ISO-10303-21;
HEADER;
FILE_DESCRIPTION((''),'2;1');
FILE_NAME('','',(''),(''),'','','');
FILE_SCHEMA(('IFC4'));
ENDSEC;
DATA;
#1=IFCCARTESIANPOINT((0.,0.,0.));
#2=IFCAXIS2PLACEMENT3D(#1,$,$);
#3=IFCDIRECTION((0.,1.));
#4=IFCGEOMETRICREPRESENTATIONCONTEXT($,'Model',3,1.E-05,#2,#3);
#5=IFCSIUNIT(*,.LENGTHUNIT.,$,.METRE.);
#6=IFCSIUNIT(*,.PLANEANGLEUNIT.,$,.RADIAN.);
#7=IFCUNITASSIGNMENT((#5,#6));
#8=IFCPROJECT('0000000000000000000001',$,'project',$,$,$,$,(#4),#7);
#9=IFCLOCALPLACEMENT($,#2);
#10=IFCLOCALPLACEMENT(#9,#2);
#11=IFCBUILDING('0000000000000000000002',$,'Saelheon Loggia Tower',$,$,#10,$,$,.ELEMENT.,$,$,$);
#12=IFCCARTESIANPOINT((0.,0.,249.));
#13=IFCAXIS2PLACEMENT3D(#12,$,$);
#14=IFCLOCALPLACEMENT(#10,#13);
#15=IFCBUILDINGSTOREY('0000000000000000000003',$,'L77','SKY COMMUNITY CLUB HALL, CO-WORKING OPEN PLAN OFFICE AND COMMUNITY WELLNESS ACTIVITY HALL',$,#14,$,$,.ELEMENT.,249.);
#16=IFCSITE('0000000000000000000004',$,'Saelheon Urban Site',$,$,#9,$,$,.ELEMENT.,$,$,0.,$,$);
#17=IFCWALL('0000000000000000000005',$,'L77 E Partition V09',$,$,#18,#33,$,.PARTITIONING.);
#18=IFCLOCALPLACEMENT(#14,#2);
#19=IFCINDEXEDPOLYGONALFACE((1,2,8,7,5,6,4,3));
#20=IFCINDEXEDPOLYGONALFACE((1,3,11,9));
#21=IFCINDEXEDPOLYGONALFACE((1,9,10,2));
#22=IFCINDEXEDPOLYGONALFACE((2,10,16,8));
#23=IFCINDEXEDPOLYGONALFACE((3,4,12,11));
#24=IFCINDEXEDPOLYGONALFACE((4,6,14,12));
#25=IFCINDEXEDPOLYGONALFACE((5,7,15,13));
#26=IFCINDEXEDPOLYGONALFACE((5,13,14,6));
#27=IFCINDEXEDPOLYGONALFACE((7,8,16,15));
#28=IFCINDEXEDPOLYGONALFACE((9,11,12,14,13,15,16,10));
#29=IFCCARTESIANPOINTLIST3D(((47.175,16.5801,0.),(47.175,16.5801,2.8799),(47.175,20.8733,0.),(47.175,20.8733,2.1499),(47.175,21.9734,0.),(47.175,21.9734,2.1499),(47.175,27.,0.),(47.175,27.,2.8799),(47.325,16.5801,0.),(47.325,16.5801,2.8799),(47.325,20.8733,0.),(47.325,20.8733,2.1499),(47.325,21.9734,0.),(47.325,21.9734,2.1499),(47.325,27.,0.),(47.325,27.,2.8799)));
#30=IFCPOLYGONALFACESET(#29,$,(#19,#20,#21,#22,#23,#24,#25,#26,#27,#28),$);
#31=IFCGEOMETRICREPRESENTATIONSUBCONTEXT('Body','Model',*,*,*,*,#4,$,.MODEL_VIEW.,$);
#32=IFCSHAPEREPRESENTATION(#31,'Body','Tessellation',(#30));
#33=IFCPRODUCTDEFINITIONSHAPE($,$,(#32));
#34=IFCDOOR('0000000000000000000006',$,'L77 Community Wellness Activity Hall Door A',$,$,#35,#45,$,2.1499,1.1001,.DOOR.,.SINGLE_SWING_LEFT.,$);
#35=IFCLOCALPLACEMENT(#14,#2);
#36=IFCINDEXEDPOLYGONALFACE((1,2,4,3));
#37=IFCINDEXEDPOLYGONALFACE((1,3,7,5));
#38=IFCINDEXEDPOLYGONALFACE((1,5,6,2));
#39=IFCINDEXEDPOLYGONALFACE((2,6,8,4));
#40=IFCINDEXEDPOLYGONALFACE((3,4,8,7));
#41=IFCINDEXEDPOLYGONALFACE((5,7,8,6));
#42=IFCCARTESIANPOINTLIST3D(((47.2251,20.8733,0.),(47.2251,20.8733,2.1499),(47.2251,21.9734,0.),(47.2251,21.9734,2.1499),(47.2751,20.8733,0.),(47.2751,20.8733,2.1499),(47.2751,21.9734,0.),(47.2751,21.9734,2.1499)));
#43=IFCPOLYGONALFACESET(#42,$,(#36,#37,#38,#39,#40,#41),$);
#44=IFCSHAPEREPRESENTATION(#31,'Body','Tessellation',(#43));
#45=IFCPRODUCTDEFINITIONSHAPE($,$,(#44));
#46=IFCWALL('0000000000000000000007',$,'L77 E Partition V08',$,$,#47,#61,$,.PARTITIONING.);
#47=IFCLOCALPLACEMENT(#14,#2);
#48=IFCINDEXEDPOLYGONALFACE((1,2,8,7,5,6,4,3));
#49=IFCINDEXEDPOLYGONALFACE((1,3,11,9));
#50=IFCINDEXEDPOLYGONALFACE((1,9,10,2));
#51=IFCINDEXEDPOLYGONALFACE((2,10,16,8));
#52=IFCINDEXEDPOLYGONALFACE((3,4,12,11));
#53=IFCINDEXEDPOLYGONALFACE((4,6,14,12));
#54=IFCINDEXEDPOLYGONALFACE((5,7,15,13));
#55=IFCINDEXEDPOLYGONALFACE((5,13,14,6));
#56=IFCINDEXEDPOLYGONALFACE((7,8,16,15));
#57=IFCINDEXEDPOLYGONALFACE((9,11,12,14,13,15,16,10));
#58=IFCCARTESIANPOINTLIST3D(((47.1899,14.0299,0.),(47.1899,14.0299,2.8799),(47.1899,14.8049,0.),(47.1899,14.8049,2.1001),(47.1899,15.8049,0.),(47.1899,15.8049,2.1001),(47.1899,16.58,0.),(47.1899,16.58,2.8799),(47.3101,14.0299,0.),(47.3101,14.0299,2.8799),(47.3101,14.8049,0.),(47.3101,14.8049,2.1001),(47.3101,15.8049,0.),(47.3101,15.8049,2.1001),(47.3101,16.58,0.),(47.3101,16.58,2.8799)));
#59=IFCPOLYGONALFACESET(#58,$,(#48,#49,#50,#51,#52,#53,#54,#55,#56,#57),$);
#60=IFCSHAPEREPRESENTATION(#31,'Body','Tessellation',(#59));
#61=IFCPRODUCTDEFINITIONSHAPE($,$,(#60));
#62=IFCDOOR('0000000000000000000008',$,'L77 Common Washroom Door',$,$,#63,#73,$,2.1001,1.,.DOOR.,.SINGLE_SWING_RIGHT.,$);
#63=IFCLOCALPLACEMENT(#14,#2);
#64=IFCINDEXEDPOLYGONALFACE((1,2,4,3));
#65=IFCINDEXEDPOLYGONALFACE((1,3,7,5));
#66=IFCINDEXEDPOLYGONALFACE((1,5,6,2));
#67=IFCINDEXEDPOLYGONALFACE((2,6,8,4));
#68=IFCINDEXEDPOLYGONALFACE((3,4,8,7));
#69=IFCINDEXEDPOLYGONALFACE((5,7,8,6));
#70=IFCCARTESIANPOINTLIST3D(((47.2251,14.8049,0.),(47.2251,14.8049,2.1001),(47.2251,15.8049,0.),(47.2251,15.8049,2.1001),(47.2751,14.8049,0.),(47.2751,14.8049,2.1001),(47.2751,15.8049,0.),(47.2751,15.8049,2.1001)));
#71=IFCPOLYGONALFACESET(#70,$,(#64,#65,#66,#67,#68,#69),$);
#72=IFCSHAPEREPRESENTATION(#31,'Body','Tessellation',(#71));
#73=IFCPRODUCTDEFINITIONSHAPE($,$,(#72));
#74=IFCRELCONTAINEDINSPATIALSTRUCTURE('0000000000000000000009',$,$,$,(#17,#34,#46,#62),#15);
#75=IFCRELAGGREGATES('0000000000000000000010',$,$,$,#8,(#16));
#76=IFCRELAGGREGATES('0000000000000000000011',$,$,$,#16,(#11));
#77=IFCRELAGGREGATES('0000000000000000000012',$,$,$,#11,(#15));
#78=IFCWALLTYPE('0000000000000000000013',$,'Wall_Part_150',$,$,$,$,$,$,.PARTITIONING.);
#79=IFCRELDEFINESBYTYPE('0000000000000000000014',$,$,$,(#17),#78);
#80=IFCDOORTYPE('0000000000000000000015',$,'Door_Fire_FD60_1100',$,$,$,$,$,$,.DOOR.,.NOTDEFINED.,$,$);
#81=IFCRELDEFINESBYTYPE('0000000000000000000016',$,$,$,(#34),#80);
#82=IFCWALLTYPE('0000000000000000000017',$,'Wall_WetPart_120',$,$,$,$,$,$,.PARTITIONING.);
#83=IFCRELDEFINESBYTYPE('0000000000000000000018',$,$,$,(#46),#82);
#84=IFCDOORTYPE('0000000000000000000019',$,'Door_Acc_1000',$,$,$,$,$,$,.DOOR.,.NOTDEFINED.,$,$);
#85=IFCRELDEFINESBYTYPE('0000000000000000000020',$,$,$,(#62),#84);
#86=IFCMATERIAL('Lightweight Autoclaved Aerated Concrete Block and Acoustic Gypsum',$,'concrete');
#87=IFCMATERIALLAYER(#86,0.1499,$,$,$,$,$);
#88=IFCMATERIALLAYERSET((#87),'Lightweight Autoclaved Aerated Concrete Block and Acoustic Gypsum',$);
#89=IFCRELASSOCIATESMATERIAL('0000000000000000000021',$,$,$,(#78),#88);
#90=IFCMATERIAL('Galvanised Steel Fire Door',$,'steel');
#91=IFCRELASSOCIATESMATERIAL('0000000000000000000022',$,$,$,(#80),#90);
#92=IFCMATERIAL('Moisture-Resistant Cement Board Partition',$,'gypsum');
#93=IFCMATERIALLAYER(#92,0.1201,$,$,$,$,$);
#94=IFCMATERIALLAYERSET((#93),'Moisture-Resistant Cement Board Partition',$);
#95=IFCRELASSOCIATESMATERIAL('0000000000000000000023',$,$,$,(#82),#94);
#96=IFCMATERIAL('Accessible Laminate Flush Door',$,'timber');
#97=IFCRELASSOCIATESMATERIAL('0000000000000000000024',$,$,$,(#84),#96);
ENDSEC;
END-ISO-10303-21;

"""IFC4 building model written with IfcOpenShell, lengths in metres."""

from ifc_helpers import new_model, si_unit, direction, frame, frame_2d, origin, place, context, subcontext, project, spatial, rectangle, extrude, source, transform, mapped, material, layer, layer_set, type_object, element, fill, save


model = new_model("IFC4")

# Units and contexts
model_context = context("Model", 3, precision=1e-05, world=origin(), true_north=direction((0.0, 1.0)))
body_context = subcontext(model_context, "Body", "Model", "MODEL_VIEW")
ifc_project = project(units=[si_unit("LENGTHUNIT", "METRE"), si_unit("PLANEANGLEUNIT", "RADIAN")], contexts=[model_context])

# Site, building, storey
site_placement = place(None, origin())
site = spatial("IfcSite", under=ifc_project, at=site_placement, Name="Saelheon Urban Site", CompositionType="ELEMENT", RefElevation=0.0)
building_placement = place(site_placement, origin())
building = spatial("IfcBuilding", under=site, at=building_placement, Name="Saelheon Loggia Tower", CompositionType="ELEMENT")
storey_placement = place(building_placement, frame((0.0, 0.0, 249.0)))
storey = spatial("IfcBuildingStorey", under=building, at=storey_placement, Name="L77", Description="SKY COMMUNITY CLUB HALL, CO-WORKING OPEN PLAN OFFICE AND COMMUNITY WELLNESS ACTIVITY HALL", CompositionType="ELEMENT", Elevation=249.0)

# Shared definitions
ifc_material_1 = material(Name="Lightweight Autoclaved Aerated Concrete Block and Acoustic Gypsum", Category="concrete")
ifc_layer_1 = layer(ifc_material_1, 0.1499)
ifc_layer_set_1 = layer_set([ifc_layer_1], Name="Lightweight Autoclaved Aerated Concrete Block and Acoustic Gypsum")
wall_type_1 = type_object("IfcWallType", Name="Wall_Part_150", PredefinedType="PARTITIONING", material=ifc_layer_set_1)

# Walls, openings, doors
wall_1_placement = place(storey_placement, frame((47.25, 16.5801, 0.0), z_axis=(0.0, 0.0, 1.0), x_axis=(0.0, 1.0, 0.0)))
wall_1 = element("IfcWall", 1, at=wall_1_placement, inside=storey, type_object=wall_type_1, Name="L77 E Partition V09", PredefinedType="PARTITIONING", context=body_context, shape_type="SweptSolid", body=[
    extrude(rectangle(XDim=10.4199, YDim=0.1499, at=frame_2d((5.21, 0.0))), origin(), (0.0, 0.0, 1.0), 2.8799),
])
opening_1_placement = place(wall_1_placement, frame((4.2932, 0.0, 0.0)))
opening_1 = element("IfcOpeningElement", 2, at=opening_1_placement, cuts=wall_1, PredefinedType="OPENING", context=body_context, shape_type="SweptSolid", body=[
    extrude(rectangle(XDim=1.1001, YDim=2.1499, at=frame_2d((0.55, 1.075))), frame((0.0, 0.0869, 0.0), z_axis=(0.0, -1.0, 0.0), x_axis=(1.0, 0.0, 0.0)), (0.0, 0.0, 1.0), 0.1738),
])
ifc_material_2 = material(Name="Galvanised Steel Fire Door", Category="steel")
door_type_1 = type_object("IfcDoorType", Name="Door_Fire_FD60_1100", OperationType="NOTDEFINED", PredefinedType="DOOR", material=ifc_material_2)
shared_shape_1 = source(origin(), body_context, "Body", "SweptSolid", [
    extrude(rectangle(XDim=1.1001, YDim=2.1499, at=frame_2d((0.55, 1.075))), frame((0.0, 0.0249, 0.0), z_axis=(0.0, -1.0, 0.0), x_axis=(1.0, 0.0, 0.0)), (0.0, 0.0, 1.0), 0.05),
])
door_1_placement = place(opening_1_placement, origin())
door_1 = element("IfcDoor", 3, at=door_1_placement, inside=storey, type_object=door_type_1, Name="L77 Community Wellness Activity Hall Door A", OperationType="SINGLE_SWING_LEFT", OverallHeight=2.1499, OverallWidth=1.1001, PredefinedType="DOOR", context=body_context, shape_type="MappedRepresentation", body=[
    mapped(shared_shape_1, transform((0.0, 0.0, 0.0), scale=1.0)),
])
fill(opening_1, door_1)
ifc_material_3 = material(Name="Moisture-Resistant Cement Board Partition", Category="gypsum")
ifc_layer_2 = layer(ifc_material_3, 0.1201)
ifc_layer_set_2 = layer_set([ifc_layer_2], Name="Moisture-Resistant Cement Board Partition")
wall_type_2 = type_object("IfcWallType", Name="Wall_WetPart_120", PredefinedType="PARTITIONING", material=ifc_layer_set_2)
wall_2_placement = place(storey_placement, frame((47.25, 14.03, 0.0), z_axis=(0.0, 0.0, 1.0), x_axis=(0.0, 1.0, 0.0)))
wall_2 = element("IfcWall", 4, at=wall_2_placement, inside=storey, type_object=wall_type_2, Name="L77 E Partition V08", PredefinedType="PARTITIONING", context=body_context, shape_type="SweptSolid", body=[
    extrude(rectangle(XDim=2.55, YDim=0.1201, at=frame_2d((1.2749, 0.0))), origin(), (0.0, 0.0, 1.0), 2.8799),
])
opening_2_placement = place(wall_2_placement, frame((0.7749, 0.0, 0.0)))
opening_2 = element("IfcOpeningElement", 5, at=opening_2_placement, cuts=wall_2, PredefinedType="OPENING", context=body_context, shape_type="SweptSolid", body=[
    extrude(rectangle(XDim=1.0, YDim=2.1001, at=frame_2d((0.5, 1.05))), frame((0.0, 0.072, 0.0), z_axis=(0.0, -1.0, 0.0), x_axis=(1.0, 0.0, 0.0)), (0.0, 0.0, 1.0), 0.144),
])
ifc_material_4 = material(Name="Accessible Laminate Flush Door", Category="timber")
door_type_2 = type_object("IfcDoorType", Name="Door_Acc_1000", OperationType="NOTDEFINED", PredefinedType="DOOR", material=ifc_material_4)
shared_shape_2 = source(origin(), body_context, "Body", "SweptSolid", [
    extrude(rectangle(XDim=1.0, YDim=2.1001, at=frame_2d((0.5, 1.05))), frame((0.0, 0.0249, 0.0), z_axis=(0.0, -1.0, 0.0), x_axis=(1.0, 0.0, 0.0)), (0.0, 0.0, 1.0), 0.05),
])
door_2_placement = place(opening_2_placement, origin())
door_2 = element("IfcDoor", 6, at=door_2_placement, inside=storey, type_object=door_type_2, Name="L77 Common Washroom Door", OperationType="SINGLE_SWING_RIGHT", OverallHeight=2.1001, OverallWidth=1.0, PredefinedType="DOOR", context=body_context, shape_type="MappedRepresentation", body=[
    mapped(shared_shape_2, transform((0.0, 0.0, 0.0), scale=1.0)),
])
fill(opening_2, door_2)

save(model, "model.ifc")
